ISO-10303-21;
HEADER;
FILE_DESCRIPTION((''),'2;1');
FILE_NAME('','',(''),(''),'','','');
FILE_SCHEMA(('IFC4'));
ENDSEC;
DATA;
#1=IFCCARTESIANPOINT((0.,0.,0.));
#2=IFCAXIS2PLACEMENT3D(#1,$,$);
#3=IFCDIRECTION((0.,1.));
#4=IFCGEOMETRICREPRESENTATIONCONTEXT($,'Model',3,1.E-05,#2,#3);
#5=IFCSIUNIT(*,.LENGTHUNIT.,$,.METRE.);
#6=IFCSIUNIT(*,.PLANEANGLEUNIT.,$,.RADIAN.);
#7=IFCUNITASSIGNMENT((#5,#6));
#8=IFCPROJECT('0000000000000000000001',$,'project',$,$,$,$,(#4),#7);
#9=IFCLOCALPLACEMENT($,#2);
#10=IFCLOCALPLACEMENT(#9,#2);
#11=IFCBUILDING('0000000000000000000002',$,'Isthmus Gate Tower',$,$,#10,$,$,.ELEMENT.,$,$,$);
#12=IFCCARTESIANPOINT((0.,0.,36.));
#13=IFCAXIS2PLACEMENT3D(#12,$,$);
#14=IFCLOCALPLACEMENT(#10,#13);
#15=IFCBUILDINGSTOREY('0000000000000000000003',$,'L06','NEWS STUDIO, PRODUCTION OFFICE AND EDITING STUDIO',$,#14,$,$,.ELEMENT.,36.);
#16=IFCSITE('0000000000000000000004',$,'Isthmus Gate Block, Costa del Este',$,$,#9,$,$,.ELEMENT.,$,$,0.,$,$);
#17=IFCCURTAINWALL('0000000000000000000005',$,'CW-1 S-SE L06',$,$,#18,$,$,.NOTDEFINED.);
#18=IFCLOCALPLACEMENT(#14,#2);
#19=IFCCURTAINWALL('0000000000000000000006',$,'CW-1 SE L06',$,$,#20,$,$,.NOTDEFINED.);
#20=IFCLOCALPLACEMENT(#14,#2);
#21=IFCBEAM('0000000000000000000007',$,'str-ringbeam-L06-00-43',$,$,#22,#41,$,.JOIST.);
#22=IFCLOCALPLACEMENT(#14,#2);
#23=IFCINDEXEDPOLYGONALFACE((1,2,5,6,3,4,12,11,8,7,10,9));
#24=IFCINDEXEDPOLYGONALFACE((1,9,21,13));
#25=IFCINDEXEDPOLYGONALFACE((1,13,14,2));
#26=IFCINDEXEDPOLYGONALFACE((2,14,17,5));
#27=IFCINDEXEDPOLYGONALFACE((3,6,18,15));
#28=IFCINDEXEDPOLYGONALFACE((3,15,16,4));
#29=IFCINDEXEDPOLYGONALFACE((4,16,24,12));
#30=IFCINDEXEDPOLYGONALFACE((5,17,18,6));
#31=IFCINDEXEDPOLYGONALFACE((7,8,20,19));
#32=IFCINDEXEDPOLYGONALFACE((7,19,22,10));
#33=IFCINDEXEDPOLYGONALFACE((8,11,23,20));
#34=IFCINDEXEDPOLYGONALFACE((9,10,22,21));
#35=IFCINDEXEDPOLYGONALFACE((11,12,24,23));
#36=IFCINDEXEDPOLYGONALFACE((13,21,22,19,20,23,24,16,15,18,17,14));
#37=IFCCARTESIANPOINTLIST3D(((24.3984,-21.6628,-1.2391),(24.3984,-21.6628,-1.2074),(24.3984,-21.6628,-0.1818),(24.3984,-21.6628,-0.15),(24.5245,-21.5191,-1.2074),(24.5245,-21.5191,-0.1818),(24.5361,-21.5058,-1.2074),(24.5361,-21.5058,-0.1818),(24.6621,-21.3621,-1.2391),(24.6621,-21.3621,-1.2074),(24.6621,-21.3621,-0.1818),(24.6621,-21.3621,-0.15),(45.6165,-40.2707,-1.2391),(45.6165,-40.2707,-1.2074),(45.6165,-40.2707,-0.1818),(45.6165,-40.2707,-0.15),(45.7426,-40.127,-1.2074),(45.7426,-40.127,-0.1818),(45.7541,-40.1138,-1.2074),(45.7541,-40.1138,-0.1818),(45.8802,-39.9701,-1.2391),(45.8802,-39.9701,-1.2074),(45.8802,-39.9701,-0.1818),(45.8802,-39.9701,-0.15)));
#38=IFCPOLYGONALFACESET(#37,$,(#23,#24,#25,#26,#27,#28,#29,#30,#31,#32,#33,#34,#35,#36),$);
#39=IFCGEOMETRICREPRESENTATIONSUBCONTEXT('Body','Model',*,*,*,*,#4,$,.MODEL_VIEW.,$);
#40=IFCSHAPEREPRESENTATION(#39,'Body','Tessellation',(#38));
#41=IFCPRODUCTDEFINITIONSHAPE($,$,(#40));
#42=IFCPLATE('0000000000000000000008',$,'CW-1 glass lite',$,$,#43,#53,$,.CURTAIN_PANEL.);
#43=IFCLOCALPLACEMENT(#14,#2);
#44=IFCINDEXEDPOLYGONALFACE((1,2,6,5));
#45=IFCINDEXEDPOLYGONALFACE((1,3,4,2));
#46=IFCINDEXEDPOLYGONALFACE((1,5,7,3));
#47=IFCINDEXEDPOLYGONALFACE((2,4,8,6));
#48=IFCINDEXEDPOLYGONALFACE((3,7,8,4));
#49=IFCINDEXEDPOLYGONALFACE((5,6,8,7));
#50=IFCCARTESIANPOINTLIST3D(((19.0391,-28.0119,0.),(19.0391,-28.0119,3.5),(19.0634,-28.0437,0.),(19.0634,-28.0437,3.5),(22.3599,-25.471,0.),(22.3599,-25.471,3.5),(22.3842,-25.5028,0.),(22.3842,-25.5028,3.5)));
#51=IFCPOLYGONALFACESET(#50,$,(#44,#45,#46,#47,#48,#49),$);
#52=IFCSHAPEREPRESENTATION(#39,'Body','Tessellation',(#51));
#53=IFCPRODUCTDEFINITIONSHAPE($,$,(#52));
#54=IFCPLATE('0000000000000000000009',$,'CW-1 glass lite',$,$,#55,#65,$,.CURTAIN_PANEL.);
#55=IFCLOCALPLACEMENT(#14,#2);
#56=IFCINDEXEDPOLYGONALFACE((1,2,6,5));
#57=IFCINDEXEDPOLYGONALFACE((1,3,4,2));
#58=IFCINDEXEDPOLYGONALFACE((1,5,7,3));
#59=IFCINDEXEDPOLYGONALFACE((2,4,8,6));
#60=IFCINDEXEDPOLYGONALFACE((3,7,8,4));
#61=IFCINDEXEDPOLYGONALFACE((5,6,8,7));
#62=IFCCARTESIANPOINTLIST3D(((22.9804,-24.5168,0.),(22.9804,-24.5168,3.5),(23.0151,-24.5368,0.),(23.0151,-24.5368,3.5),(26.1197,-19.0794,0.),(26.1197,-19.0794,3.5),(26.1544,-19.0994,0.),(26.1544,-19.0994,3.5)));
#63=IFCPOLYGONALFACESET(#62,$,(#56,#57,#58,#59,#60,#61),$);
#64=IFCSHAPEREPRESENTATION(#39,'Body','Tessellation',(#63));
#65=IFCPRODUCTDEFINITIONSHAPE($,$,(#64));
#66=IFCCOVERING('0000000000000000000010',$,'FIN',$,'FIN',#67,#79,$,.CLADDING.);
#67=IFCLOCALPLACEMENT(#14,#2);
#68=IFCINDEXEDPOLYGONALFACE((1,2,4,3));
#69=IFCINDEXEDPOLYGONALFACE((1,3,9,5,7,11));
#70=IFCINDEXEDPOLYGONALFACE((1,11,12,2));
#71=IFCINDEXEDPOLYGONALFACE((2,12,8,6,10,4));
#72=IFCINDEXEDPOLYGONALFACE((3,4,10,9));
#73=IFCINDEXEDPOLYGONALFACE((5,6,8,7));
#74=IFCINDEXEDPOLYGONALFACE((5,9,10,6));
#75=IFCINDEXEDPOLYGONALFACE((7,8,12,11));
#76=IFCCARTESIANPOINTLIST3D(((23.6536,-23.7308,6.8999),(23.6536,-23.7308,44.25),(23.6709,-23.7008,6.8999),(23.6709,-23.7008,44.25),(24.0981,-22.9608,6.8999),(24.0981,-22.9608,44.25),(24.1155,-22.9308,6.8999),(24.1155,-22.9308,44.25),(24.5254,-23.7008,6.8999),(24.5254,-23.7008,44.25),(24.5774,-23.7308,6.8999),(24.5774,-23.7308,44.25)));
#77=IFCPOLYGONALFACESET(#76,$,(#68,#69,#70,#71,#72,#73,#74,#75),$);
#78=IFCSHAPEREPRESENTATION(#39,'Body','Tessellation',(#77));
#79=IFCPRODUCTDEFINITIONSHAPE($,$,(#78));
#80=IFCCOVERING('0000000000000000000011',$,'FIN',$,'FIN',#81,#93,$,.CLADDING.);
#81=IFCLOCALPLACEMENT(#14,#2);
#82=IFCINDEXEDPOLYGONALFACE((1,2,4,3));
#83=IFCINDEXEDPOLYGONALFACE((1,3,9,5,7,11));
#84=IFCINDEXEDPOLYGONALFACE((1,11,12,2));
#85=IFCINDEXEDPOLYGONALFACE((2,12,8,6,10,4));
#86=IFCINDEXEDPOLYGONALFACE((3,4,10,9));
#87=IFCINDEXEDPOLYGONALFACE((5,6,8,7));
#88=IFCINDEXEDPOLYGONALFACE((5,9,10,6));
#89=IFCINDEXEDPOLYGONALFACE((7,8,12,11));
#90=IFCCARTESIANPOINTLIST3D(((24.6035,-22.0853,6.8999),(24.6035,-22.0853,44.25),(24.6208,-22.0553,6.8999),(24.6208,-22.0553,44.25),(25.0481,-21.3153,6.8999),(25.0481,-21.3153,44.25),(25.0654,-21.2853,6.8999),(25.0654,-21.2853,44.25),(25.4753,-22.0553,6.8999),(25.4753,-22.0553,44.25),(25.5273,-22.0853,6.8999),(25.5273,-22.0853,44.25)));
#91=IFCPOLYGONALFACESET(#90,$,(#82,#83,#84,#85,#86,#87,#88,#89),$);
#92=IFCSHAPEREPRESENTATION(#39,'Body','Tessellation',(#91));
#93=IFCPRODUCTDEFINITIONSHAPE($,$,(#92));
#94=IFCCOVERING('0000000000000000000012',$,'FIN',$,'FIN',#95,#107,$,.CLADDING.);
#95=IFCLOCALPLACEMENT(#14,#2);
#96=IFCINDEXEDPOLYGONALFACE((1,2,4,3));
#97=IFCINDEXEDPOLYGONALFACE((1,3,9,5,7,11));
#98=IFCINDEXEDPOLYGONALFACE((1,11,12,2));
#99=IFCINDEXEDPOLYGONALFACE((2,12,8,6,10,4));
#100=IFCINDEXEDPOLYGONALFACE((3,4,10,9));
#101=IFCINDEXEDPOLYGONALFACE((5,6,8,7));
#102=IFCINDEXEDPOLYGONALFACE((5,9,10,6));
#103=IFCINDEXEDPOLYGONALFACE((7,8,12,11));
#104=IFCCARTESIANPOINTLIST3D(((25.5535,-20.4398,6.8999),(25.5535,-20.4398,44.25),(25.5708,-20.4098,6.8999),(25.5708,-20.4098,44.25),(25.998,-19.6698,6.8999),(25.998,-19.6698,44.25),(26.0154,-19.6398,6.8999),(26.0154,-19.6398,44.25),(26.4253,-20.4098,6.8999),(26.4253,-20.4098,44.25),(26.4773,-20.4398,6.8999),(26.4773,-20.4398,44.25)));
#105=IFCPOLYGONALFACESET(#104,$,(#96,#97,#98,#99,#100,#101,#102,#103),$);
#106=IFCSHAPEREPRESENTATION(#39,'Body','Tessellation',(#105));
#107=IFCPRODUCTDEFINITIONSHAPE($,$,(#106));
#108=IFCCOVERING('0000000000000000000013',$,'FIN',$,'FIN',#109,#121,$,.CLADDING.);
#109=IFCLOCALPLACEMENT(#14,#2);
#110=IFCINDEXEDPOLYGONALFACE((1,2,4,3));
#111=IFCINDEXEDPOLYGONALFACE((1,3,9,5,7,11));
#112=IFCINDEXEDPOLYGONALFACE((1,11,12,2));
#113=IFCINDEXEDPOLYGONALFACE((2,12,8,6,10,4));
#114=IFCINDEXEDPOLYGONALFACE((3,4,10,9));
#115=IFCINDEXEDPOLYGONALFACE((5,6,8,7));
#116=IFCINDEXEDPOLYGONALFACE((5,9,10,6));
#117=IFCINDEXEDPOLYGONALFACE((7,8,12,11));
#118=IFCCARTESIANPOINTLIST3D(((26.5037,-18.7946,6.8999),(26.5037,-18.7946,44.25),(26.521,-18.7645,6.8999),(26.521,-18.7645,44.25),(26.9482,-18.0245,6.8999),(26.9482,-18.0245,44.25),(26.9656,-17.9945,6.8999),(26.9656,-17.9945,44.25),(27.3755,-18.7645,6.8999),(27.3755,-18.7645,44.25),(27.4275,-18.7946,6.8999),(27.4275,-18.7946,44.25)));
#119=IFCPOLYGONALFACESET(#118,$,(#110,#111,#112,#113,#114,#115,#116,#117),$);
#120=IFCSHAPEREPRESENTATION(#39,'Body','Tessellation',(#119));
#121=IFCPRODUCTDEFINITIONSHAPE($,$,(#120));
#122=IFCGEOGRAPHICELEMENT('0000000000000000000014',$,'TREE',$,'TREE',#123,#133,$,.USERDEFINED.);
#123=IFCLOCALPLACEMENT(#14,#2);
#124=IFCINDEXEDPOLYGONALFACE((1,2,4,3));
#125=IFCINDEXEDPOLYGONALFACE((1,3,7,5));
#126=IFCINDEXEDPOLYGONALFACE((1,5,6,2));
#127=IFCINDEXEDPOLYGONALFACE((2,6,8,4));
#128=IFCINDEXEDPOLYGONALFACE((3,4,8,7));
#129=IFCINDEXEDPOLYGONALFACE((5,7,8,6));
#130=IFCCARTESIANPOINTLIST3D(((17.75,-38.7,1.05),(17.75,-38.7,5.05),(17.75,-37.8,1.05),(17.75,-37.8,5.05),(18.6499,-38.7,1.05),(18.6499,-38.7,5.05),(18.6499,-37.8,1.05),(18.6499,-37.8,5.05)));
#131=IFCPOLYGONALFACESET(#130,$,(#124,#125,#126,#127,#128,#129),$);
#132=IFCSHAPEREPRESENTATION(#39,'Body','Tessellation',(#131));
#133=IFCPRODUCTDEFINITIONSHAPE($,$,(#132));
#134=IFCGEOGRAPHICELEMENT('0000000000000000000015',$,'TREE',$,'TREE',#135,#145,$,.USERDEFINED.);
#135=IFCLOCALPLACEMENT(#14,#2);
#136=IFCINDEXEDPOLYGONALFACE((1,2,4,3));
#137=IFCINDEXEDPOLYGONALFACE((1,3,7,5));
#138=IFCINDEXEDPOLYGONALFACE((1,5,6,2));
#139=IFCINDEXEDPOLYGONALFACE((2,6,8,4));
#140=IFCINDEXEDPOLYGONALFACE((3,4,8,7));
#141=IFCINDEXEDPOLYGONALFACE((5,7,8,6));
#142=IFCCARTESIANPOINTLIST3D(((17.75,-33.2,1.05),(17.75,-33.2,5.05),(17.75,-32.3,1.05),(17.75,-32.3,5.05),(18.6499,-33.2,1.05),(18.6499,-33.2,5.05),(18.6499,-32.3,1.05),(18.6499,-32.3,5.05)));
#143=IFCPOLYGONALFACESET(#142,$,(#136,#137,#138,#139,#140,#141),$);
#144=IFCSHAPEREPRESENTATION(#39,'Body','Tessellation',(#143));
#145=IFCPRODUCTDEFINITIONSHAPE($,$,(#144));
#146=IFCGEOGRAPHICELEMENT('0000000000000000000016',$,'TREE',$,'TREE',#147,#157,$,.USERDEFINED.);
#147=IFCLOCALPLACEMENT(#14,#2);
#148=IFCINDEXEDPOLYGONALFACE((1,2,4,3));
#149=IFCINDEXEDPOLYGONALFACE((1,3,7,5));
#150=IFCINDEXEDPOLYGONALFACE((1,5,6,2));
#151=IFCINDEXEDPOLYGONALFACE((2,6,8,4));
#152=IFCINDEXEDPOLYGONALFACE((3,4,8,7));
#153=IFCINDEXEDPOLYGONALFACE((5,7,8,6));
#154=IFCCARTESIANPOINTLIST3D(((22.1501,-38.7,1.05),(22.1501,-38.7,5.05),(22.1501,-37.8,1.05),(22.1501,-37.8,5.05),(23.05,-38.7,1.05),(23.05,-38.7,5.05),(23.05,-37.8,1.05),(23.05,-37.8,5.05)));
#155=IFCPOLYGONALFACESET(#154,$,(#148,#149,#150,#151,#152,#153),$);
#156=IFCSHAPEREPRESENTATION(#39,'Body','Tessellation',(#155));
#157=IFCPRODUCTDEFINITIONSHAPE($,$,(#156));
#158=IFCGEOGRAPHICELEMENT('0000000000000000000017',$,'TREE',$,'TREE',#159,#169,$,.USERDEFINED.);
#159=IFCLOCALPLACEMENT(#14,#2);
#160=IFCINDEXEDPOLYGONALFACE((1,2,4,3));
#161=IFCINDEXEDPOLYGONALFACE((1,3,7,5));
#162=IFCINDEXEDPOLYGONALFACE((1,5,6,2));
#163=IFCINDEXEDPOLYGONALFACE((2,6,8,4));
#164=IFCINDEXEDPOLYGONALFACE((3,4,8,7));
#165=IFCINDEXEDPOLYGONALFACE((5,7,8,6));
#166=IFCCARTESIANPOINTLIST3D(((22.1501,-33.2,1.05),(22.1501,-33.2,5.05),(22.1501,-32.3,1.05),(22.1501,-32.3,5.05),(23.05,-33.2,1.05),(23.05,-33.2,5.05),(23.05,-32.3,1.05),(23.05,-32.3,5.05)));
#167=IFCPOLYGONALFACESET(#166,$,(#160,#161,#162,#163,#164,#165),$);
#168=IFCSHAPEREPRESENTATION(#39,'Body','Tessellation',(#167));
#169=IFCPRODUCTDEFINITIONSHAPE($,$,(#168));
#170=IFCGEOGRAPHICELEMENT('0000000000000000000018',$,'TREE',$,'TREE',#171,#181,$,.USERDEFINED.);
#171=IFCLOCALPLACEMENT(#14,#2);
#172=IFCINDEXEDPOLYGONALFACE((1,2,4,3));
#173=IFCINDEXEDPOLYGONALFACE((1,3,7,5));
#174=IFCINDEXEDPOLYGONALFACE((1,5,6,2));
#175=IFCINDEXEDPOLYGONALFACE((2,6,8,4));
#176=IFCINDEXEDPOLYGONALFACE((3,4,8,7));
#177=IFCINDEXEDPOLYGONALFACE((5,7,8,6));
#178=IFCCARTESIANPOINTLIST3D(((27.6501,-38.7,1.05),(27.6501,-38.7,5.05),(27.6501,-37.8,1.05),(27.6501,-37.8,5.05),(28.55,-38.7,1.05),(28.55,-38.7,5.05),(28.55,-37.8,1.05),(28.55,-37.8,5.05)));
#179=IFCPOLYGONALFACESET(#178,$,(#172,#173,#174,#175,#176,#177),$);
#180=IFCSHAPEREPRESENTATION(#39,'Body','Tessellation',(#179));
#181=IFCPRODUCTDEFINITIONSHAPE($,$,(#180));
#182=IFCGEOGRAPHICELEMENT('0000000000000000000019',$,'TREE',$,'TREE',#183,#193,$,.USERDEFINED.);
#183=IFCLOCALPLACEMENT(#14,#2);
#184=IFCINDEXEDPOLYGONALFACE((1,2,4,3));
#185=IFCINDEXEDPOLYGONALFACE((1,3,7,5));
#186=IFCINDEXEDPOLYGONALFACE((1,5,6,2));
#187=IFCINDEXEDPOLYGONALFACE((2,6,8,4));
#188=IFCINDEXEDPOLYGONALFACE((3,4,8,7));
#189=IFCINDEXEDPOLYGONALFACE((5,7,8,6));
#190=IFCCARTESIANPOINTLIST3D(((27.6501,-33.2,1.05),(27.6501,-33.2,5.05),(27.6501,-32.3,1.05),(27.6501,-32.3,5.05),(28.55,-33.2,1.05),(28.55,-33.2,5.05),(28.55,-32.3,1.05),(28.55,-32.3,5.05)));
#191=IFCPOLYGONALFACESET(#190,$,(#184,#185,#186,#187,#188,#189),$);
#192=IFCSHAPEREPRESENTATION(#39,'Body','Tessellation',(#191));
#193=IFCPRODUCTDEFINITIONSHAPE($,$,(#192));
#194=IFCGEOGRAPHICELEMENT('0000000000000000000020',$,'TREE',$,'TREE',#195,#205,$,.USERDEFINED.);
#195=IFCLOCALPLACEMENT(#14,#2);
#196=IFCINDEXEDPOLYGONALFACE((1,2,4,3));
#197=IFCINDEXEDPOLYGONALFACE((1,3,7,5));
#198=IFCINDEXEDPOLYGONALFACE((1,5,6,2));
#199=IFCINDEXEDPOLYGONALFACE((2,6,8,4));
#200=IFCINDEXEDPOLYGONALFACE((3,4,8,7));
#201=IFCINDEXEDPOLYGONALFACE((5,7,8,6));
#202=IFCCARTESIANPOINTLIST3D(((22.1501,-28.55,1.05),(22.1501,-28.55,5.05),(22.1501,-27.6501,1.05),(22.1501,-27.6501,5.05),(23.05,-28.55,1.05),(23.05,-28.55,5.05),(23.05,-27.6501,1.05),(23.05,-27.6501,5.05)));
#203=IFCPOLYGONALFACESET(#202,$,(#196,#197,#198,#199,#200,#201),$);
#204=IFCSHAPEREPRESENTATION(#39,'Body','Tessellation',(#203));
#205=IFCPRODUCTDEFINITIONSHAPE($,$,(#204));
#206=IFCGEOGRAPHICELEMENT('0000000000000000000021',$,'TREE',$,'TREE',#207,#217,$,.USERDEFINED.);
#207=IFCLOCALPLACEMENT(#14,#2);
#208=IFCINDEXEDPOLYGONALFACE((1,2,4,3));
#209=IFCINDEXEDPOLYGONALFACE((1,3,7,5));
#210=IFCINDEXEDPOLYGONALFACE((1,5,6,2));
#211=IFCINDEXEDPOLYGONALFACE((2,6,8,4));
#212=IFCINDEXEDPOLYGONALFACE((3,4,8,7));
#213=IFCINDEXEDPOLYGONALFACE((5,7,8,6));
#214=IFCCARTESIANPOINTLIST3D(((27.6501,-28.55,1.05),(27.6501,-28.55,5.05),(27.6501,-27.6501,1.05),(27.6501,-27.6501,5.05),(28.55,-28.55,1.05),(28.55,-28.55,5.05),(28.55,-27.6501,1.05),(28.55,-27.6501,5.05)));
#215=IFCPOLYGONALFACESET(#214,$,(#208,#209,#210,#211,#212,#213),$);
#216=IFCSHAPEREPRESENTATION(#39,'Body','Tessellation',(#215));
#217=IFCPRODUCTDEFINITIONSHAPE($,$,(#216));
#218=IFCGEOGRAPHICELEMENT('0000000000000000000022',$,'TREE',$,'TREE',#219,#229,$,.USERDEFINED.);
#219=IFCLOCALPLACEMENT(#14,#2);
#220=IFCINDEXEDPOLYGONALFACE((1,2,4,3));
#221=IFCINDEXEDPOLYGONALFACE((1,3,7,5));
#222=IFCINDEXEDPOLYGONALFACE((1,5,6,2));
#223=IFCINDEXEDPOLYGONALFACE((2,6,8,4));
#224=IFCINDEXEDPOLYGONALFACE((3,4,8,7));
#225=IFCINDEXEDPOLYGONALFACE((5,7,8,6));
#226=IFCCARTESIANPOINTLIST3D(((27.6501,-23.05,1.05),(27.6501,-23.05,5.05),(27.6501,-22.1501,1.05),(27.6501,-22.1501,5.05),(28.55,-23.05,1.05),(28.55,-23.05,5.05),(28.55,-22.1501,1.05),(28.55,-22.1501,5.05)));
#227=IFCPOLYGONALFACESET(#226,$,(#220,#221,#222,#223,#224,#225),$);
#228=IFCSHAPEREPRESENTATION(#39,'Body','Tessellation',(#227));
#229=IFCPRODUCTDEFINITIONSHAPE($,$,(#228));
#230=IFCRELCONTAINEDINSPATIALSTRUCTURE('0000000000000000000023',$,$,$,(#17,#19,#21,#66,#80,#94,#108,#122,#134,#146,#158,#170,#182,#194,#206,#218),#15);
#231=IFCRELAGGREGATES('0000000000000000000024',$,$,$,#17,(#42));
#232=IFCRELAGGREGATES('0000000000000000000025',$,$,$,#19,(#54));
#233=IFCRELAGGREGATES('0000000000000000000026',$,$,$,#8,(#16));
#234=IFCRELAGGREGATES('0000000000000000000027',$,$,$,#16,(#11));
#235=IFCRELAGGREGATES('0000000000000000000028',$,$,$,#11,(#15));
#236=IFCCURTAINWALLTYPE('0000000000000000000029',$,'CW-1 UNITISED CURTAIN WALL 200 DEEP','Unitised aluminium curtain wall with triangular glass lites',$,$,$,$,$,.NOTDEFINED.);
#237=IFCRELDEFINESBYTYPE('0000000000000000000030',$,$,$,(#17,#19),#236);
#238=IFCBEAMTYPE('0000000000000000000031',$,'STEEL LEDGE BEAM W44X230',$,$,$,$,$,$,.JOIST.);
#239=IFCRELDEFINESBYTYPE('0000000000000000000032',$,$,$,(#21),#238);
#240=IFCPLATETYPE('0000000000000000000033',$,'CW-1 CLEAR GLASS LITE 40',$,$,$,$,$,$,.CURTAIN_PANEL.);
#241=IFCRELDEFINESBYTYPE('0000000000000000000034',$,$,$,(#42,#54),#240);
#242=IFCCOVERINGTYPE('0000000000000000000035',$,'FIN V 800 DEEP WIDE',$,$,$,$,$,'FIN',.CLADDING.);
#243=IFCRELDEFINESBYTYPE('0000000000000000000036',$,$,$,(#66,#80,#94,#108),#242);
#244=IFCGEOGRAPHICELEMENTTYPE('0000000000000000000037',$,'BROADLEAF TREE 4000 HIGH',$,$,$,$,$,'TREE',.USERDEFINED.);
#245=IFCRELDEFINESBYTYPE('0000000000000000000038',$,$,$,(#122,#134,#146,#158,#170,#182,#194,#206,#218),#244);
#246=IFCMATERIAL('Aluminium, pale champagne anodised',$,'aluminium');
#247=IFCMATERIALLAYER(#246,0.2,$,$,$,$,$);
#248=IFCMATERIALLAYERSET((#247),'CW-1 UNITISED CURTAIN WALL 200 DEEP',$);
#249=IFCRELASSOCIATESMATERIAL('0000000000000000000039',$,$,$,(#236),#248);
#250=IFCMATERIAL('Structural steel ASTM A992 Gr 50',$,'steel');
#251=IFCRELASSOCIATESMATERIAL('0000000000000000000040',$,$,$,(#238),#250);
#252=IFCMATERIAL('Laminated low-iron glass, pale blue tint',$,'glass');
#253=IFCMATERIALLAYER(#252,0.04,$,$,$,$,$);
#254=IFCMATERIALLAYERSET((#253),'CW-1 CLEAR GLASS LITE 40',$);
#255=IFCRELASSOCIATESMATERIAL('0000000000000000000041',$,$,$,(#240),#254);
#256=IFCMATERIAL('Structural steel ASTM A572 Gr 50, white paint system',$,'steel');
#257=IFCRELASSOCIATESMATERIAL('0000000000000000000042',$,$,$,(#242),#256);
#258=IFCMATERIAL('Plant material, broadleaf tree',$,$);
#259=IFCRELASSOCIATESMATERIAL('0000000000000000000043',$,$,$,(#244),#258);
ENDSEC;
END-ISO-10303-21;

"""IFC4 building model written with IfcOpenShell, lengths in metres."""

from ifc_helpers import new_model, si_unit, direction, frame, origin, origin_2d, place, context, subcontext, project, spatial, polyline, rectangle, i_section, outline, extrude, material, layer, layer_set, material_profile, profile_set, type_object, element, aggregate, save


model = new_model("IFC4")

# Units and contexts
model_context = context("Model", 3, precision=1e-05, world=origin(), true_north=direction((0.0, 1.0)))
body_context = subcontext(model_context, "Body", "Model", "MODEL_VIEW")
ifc_project = project(units=[si_unit("LENGTHUNIT", "METRE"), si_unit("PLANEANGLEUNIT", "RADIAN")], contexts=[model_context])

# Site, building, storey
site_placement = place(None, origin())
site = spatial("IfcSite", under=ifc_project, at=site_placement, Name="Isthmus Gate Block, Costa del Este", CompositionType="ELEMENT", RefElevation=0.0)
building_placement = place(site_placement, origin())
building = spatial("IfcBuilding", under=site, at=building_placement, Name="Isthmus Gate Tower", CompositionType="ELEMENT")
storey_placement = place(building_placement, frame((0.0, 0.0, 36.0)))
storey = spatial("IfcBuildingStorey", under=building, at=storey_placement, Name="L06", Description="NEWS STUDIO, PRODUCTION OFFICE AND EDITING STUDIO", CompositionType="ELEMENT", Elevation=36.0)

# Curtain walls
ifc_material_1 = material(Name="Aluminium, pale champagne anodised", Category="aluminium")
ifc_layer_1 = layer(ifc_material_1, 0.2)
ifc_layer_set_1 = layer_set([ifc_layer_1], Name="CW-1 UNITISED CURTAIN WALL 200 DEEP")
curtain_wall_type = type_object("IfcCurtainWallType", Name="CW-1 UNITISED CURTAIN WALL 200 DEEP", Description="Unitised aluminium curtain wall with triangular glass lites", PredefinedType="NOTDEFINED", material=ifc_layer_set_1)
curtain_wall_1_placement = place(storey_placement, origin())
curtain_wall_1 = element("IfcCurtainWall", 1, at=curtain_wall_1_placement, inside=storey, type_object=curtain_wall_type, Name="CW-1 S-SE L06", PredefinedType="NOTDEFINED")
curtain_wall_2_placement = place(storey_placement, origin())
curtain_wall_2 = element("IfcCurtainWall", 2, at=curtain_wall_2_placement, inside=storey, type_object=curtain_wall_type, Name="CW-1 SE L06", PredefinedType="NOTDEFINED")

# Beam
ifc_material_2 = material(Name="Structural steel ASTM A992 Gr 50", Category="steel")
ifc_material_profile_1 = material_profile(ifc_material_2, i_section(OverallWidth=0.3999, OverallDepth=1.0891, WebThickness=0.0176, FlangeThickness=0.0317, at=origin_2d()), Name="W44X230")
ifc_profile_set_1 = profile_set([ifc_material_profile_1], Name="Structural steel ASTM A992 Gr 50")
beam_type_1 = type_object("IfcBeamType", Name="STEEL LEDGE BEAM W44X230", PredefinedType="JOIST", material=ifc_profile_set_1)
beam_1_placement = place(storey_placement, frame((24.5303, -21.5125, -0.6946), z_axis=(0.751836, -0.65935, 0.0), x_axis=(0.65935, 0.751836, 0.0)))
element("IfcBeam", 3, at=beam_1_placement, inside=storey, type_object=beam_type_1, Name="str-ringbeam-L06-00-43", PredefinedType="JOIST", context=body_context, shape_type="SweptSolid", body=[
    extrude(i_section(OverallWidth=0.3999, OverallDepth=1.0891, WebThickness=0.0176, FlangeThickness=0.0317, at=origin_2d()), origin(), (0.0, 0.0, 1.0), 28.2217),
])

# Plates
ifc_material_3 = material(Name="Laminated low-iron glass, pale blue tint", Category="glass")
ifc_layer_2 = layer(ifc_material_3, 0.04)
ifc_layer_set_2 = layer_set([ifc_layer_2], Name="CW-1 CLEAR GLASS LITE 40")
plate_type = type_object("IfcPlateType", Name="CW-1 CLEAR GLASS LITE 40", PredefinedType="CURTAIN_PANEL", material=ifc_layer_set_2)
plate_1_placement = place(storey_placement, frame((20.7117, -26.7573, 0.0), z_axis=(0.0, 0.0, 1.0), x_axis=(0.794189, 0.607671, 0.0)))
plate_1 = element("IfcPlate", 4, at=plate_1_placement, type_object=plate_type, Name="CW-1 glass lite", PredefinedType="CURTAIN_PANEL", context=body_context, shape_type="SweptSolid", body=[
    extrude(rectangle(XDim=4.1814, YDim=0.04, at=origin_2d()), origin(), (0.0, 0.0, 1.0), 3.5),
])
aggregate(curtain_wall_1, [plate_1])
plate_2_placement = place(storey_placement, frame((24.5674, -21.8081, 0.0), z_axis=(0.0, 0.0, 1.0), x_axis=(0.5, 0.866025, 0.0)))
plate_2 = element("IfcPlate", 5, at=plate_2_placement, type_object=plate_type, Name="CW-1 glass lite", PredefinedType="CURTAIN_PANEL", context=body_context, shape_type="SweptSolid", body=[
    extrude(rectangle(XDim=6.2786, YDim=0.04, at=origin_2d()), origin(), (0.0, 0.0, 1.0), 3.5),
])
aggregate(curtain_wall_2, [plate_2])

# Coverings
ifc_material_4 = material(Name="Structural steel ASTM A572 Gr 50, white paint system", Category="steel")
ifc_material_profile_2 = material_profile(ifc_material_4, outline(polyline([(0.0, -0.4619), (0.8, 0.0), (0.0, 0.4619), (0.0, 0.4272), (0.74, 0.0), (0.0, -0.4272), (0.0, -0.4619)])), Name="V800W")
ifc_profile_set_2 = profile_set([ifc_material_profile_2], Name="Structural steel ASTM A572 Gr 50, white paint system")
covering_type = type_object("IfcCoveringType", Name="FIN V 800 DEEP WIDE", ElementType="FIN", PredefinedType="CLADDING", material=ifc_profile_set_2)
for number, where, z_axis, x_axis, name in (
    (6, (23.8845, -23.3308, 6.8999), (0.0, 0.0, 1.0), (0.866025, -0.5, 0.0), "FIN"),
    (7, (24.8345, -21.6853, 6.8999), (0.0, 0.0, 1.0), (0.866025, -0.5, 0.0), "FIN"),
    (8, (25.7844, -20.0398, 6.8999), (0.0, 0.0, 1.0), (0.866025, -0.5, 0.0), "FIN"),
    (9, (26.7346, -18.3945, 6.8999), (0.0, 0.0, 1.0), (0.866025, -0.5, 0.0), "FIN"),
):
    element("IfcCovering", number, at=place(storey_placement, frame(where, z_axis=z_axis, x_axis=x_axis)), inside=storey, type_object=covering_type, Name=name, ObjectType="FIN", PredefinedType="CLADDING", context=body_context, shape_type="SweptSolid", body=[
        extrude(outline(polyline([(0.0, -0.4619), (0.8, 0.0), (0.0, 0.4619), (0.0, 0.4272), (0.74, 0.0), (0.0, -0.4272), (0.0, -0.4619)])), origin(), (0.0, 0.0, 1.0), 37.3501),
    ])

# Geographic elements
ifc_material_5 = material(Name="Plant material, broadleaf tree")
geographic_element_type = type_object("IfcGeographicElementType", Name="BROADLEAF TREE 4000 HIGH", ElementType="TREE", PredefinedType="USERDEFINED", material=ifc_material_5)
for number, where, z_axis, x_axis, name in (
    (10, (18.2, -38.25, 1.05), (0.0, 0.0, 1.0), (1.0, 0.0, 0.0), "TREE"),
    (11, (18.2, -32.75, 1.05), (0.0, 0.0, 1.0), (1.0, 0.0, 0.0), "TREE"),
    (12, (22.6001, -38.25, 1.05), (0.0, 0.0, 1.0), (1.0, 0.0, 0.0), "TREE"),
    (13, (22.6001, -32.75, 1.05), (0.0, 0.0, 1.0), (1.0, 0.0, 0.0), "TREE"),
    (14, (28.1001, -38.25, 1.05), (0.0, 0.0, 1.0), (1.0, 0.0, 0.0), "TREE"),
    (15, (28.1001, -32.75, 1.05), (0.0, 0.0, 1.0), (1.0, 0.0, 0.0), "TREE"),
    (16, (22.6001, -28.1001, 1.05), (0.0, 0.0, 1.0), (1.0, 0.0, 0.0), "TREE"),
    (17, (28.1001, -28.1001, 1.05), (0.0, 0.0, 1.0), (1.0, 0.0, 0.0), "TREE"),
    (18, (28.1001, -22.6001, 1.05), (0.0, 0.0, 1.0), (1.0, 0.0, 0.0), "TREE"),
):
    element("IfcGeographicElement", number, at=place(storey_placement, frame(where, z_axis=z_axis, x_axis=x_axis)), inside=storey, type_object=geographic_element_type, Name=name, ObjectType="TREE", PredefinedType="USERDEFINED", context=body_context, shape_type="SweptSolid", body=[
        extrude(rectangle(XDim=0.8999, YDim=0.8999, at=origin_2d()), origin(), (0.0, 0.0, 1.0), 4.0),
    ])

save(model, "model.ifc")
